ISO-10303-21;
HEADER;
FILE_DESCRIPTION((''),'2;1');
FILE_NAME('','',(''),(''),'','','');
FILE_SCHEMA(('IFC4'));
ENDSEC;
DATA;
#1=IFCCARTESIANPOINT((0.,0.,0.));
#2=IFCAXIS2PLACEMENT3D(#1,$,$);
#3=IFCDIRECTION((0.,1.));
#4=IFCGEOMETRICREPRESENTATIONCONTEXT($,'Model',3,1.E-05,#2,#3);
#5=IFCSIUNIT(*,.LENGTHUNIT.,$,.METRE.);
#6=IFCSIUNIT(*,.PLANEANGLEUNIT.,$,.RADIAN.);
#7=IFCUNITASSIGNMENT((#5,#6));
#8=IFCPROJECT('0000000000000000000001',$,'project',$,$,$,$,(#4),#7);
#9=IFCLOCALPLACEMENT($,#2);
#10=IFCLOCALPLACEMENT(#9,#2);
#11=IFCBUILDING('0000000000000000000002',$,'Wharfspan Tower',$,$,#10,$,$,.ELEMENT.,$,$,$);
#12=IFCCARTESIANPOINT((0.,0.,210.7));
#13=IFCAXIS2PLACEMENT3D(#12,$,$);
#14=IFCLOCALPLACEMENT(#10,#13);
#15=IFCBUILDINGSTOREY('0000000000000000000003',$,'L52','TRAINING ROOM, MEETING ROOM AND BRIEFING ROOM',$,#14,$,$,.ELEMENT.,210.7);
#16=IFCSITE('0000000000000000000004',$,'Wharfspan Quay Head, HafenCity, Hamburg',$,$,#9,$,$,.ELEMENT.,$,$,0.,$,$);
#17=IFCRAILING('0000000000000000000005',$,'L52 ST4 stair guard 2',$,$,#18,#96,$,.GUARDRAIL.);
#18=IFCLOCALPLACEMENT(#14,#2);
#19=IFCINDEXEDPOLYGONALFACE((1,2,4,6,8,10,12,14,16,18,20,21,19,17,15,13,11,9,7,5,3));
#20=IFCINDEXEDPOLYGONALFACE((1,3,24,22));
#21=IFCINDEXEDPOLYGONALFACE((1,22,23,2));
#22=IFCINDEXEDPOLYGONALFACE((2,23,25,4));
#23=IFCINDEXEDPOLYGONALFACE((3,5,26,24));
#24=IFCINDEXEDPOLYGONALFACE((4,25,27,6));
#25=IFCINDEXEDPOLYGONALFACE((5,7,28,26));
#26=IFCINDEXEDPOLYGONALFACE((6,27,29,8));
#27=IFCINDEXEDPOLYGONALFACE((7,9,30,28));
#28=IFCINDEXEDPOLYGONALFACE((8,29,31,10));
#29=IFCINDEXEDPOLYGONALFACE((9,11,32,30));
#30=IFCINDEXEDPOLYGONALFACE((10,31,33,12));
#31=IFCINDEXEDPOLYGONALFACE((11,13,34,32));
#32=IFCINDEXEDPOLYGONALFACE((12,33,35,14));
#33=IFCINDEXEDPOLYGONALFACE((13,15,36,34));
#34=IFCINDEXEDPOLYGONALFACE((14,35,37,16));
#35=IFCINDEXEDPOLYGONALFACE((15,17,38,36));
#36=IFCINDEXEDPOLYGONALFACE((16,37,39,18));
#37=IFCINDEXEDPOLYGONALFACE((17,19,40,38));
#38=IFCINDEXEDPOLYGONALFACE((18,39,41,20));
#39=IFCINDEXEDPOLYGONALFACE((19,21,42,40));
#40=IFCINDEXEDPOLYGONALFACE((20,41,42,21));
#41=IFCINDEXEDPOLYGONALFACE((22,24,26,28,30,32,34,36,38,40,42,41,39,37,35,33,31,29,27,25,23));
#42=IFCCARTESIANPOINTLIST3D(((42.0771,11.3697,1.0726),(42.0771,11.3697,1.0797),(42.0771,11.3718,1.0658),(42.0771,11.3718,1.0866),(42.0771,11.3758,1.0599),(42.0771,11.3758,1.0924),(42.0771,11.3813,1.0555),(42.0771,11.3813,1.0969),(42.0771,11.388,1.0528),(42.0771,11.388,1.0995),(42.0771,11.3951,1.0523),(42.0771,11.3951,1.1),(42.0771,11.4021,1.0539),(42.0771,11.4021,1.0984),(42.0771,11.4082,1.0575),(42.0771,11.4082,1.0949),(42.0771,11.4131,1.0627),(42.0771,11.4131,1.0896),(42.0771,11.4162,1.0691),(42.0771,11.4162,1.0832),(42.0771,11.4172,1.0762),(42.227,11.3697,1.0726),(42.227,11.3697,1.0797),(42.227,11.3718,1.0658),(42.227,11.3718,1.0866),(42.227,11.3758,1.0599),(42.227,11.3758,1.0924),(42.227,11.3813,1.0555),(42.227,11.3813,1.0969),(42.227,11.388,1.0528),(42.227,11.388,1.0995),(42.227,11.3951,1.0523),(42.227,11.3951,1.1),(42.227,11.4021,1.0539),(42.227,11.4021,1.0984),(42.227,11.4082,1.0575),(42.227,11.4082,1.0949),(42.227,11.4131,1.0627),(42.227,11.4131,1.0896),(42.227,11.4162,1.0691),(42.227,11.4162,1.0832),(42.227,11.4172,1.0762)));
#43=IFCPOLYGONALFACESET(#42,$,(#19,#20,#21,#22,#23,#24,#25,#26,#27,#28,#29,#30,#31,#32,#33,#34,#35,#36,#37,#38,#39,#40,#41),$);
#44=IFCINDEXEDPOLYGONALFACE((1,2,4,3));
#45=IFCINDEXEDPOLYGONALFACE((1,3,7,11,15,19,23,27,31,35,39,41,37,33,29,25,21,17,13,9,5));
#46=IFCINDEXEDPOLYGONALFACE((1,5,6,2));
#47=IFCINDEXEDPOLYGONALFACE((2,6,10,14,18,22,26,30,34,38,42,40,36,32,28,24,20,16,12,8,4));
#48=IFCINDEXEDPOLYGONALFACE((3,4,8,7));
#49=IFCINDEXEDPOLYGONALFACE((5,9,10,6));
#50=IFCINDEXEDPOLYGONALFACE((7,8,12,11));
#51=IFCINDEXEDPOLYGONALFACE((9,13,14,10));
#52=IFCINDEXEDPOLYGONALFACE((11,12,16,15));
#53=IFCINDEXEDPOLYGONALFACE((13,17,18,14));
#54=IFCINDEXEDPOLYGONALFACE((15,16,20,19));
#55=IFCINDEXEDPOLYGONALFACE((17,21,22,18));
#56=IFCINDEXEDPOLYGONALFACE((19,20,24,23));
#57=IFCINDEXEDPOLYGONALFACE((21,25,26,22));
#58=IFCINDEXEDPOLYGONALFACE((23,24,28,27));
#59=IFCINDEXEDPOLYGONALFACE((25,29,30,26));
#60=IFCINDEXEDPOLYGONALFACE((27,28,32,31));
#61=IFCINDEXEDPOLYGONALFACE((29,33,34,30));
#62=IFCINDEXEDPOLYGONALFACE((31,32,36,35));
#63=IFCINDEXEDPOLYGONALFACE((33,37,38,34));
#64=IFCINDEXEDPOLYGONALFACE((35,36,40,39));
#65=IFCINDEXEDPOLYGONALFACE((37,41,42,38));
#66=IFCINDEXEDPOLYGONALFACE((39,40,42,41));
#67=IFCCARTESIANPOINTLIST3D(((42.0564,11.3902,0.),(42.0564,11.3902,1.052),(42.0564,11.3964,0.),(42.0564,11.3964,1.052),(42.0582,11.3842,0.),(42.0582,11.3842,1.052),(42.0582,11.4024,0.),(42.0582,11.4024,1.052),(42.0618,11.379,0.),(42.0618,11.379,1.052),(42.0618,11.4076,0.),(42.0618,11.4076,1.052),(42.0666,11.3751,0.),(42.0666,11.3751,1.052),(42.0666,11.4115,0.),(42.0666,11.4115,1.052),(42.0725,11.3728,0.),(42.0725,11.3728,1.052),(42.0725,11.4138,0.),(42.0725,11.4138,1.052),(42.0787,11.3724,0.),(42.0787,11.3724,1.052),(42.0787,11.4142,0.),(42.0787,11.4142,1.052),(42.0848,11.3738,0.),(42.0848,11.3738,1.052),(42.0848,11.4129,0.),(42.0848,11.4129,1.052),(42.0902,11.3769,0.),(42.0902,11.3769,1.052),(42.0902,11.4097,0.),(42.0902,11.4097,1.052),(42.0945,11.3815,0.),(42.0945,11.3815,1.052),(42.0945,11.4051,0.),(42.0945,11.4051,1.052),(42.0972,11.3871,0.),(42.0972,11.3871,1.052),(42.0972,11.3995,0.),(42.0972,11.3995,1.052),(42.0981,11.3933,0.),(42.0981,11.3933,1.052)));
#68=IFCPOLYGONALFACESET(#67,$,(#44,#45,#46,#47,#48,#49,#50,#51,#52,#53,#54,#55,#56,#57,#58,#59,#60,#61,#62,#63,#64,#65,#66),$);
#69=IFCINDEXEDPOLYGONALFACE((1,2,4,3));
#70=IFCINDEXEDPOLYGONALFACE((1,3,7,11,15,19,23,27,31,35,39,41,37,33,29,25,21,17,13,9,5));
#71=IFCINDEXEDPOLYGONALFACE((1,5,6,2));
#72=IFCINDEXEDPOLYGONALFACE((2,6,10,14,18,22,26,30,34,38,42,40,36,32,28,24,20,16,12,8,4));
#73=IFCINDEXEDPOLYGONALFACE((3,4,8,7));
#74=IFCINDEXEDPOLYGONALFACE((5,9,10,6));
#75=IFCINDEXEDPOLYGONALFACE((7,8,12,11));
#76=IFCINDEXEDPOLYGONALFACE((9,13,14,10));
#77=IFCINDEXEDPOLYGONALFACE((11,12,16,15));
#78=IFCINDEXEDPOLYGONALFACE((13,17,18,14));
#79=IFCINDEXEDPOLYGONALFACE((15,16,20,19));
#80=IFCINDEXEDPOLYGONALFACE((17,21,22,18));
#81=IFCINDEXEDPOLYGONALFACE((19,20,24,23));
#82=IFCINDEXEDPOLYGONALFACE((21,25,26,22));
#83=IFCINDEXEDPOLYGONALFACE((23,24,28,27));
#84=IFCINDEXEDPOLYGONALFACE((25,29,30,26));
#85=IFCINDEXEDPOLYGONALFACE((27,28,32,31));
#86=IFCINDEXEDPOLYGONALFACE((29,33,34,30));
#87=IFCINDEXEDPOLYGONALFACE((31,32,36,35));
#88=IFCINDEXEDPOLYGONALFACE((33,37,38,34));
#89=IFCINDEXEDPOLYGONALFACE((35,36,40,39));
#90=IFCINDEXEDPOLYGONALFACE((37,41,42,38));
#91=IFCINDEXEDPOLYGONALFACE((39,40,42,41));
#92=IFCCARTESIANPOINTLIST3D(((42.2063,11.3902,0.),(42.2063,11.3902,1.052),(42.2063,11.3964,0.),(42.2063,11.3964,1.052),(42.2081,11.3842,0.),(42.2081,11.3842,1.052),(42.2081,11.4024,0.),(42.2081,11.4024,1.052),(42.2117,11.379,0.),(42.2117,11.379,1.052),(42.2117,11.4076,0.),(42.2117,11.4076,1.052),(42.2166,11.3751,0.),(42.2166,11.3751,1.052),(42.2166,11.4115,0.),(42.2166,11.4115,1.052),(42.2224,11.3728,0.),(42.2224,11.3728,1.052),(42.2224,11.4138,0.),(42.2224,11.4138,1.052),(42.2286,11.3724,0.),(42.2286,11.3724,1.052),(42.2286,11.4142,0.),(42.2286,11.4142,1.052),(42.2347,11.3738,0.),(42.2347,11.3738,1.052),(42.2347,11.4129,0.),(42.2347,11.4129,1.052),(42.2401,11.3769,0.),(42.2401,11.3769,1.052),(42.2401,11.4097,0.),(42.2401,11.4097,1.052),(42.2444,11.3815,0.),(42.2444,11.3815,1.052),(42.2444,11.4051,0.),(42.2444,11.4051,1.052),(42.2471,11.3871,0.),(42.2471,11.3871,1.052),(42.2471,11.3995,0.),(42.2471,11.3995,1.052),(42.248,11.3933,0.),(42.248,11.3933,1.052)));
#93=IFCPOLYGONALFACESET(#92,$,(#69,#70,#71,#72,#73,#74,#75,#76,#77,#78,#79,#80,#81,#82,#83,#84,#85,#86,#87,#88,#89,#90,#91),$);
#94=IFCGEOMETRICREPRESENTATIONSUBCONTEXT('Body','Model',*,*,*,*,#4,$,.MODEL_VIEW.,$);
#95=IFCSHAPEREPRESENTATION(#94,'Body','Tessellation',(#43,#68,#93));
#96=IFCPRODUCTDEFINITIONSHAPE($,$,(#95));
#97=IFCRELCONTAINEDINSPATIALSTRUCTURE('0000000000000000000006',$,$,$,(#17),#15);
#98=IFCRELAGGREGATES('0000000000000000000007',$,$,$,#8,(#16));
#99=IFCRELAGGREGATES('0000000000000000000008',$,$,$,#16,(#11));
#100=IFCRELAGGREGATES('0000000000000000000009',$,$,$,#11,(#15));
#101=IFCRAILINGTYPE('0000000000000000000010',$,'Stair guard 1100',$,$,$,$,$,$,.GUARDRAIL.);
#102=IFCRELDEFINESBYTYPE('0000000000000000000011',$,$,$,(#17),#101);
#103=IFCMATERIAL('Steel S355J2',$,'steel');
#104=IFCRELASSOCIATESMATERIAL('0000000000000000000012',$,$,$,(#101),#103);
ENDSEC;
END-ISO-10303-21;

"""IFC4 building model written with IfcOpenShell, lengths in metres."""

from ifc_helpers import new_model, si_unit, direction, frame, origin, origin_2d, place, context, subcontext, project, spatial, circle, extrude, material, type_object, element, save


model = new_model("IFC4")

# Units and contexts
model_context = context("Model", 3, precision=1e-05, world=origin(), true_north=direction((0.0, 1.0)))
body_context = subcontext(model_context, "Body", "Model", "MODEL_VIEW")
ifc_project = project(units=[si_unit("LENGTHUNIT", "METRE"), si_unit("PLANEANGLEUNIT", "RADIAN")], contexts=[model_context])

# Site, building, storey
site_placement = place(None, origin())
site = spatial("IfcSite", under=ifc_project, at=site_placement, Name="Wharfspan Quay Head, HafenCity, Hamburg", CompositionType="ELEMENT", RefElevation=0.0)
building_placement = place(site_placement, origin())
building = spatial("IfcBuilding", under=site, at=building_placement, Name="Wharfspan Tower", CompositionType="ELEMENT")
storey_placement = place(building_placement, frame((0.0, 0.0, 210.7)))
storey = spatial("IfcBuildingStorey", under=building, at=storey_placement, Name="L52", Description="TRAINING ROOM, MEETING ROOM AND BRIEFING ROOM", CompositionType="ELEMENT", Elevation=210.7)

# Shared definitions
ifc_material_1 = material(Name="Steel S355J2", Category="steel")

# Railing
railing_type_1 = type_object("IfcRailingType", Name="Stair guard 1100", PredefinedType="GUARDRAIL", material=ifc_material_1)
railing_1_placement = place(storey_placement, frame((42.0771, 11.3933, 0.0)))
element("IfcRailing", 1, at=railing_1_placement, inside=storey, type_object=railing_type_1, Name="L52 ST4 stair guard 2", PredefinedType="GUARDRAIL", context=body_context, shape_type="SweptSolid", body=[
    extrude(circle(Radius=0.0239, at=origin_2d()), frame((0.0, 0.0, 1.0762), z_axis=(1.0, 0.0, 0.0), x_axis=(0.0, 1.0, 0.0)), (0.0, 0.0, 1.0), 0.1499),
    extrude(circle(Radius=0.021, at=origin_2d()), origin(), (0.0, 0.0, 1.0), 1.052),
    extrude(circle(Radius=0.021, at=origin_2d()), frame((0.1499, 0.0, 0.0)), (0.0, 0.0, 1.0), 1.052),
])

save(model, "model.ifc")
